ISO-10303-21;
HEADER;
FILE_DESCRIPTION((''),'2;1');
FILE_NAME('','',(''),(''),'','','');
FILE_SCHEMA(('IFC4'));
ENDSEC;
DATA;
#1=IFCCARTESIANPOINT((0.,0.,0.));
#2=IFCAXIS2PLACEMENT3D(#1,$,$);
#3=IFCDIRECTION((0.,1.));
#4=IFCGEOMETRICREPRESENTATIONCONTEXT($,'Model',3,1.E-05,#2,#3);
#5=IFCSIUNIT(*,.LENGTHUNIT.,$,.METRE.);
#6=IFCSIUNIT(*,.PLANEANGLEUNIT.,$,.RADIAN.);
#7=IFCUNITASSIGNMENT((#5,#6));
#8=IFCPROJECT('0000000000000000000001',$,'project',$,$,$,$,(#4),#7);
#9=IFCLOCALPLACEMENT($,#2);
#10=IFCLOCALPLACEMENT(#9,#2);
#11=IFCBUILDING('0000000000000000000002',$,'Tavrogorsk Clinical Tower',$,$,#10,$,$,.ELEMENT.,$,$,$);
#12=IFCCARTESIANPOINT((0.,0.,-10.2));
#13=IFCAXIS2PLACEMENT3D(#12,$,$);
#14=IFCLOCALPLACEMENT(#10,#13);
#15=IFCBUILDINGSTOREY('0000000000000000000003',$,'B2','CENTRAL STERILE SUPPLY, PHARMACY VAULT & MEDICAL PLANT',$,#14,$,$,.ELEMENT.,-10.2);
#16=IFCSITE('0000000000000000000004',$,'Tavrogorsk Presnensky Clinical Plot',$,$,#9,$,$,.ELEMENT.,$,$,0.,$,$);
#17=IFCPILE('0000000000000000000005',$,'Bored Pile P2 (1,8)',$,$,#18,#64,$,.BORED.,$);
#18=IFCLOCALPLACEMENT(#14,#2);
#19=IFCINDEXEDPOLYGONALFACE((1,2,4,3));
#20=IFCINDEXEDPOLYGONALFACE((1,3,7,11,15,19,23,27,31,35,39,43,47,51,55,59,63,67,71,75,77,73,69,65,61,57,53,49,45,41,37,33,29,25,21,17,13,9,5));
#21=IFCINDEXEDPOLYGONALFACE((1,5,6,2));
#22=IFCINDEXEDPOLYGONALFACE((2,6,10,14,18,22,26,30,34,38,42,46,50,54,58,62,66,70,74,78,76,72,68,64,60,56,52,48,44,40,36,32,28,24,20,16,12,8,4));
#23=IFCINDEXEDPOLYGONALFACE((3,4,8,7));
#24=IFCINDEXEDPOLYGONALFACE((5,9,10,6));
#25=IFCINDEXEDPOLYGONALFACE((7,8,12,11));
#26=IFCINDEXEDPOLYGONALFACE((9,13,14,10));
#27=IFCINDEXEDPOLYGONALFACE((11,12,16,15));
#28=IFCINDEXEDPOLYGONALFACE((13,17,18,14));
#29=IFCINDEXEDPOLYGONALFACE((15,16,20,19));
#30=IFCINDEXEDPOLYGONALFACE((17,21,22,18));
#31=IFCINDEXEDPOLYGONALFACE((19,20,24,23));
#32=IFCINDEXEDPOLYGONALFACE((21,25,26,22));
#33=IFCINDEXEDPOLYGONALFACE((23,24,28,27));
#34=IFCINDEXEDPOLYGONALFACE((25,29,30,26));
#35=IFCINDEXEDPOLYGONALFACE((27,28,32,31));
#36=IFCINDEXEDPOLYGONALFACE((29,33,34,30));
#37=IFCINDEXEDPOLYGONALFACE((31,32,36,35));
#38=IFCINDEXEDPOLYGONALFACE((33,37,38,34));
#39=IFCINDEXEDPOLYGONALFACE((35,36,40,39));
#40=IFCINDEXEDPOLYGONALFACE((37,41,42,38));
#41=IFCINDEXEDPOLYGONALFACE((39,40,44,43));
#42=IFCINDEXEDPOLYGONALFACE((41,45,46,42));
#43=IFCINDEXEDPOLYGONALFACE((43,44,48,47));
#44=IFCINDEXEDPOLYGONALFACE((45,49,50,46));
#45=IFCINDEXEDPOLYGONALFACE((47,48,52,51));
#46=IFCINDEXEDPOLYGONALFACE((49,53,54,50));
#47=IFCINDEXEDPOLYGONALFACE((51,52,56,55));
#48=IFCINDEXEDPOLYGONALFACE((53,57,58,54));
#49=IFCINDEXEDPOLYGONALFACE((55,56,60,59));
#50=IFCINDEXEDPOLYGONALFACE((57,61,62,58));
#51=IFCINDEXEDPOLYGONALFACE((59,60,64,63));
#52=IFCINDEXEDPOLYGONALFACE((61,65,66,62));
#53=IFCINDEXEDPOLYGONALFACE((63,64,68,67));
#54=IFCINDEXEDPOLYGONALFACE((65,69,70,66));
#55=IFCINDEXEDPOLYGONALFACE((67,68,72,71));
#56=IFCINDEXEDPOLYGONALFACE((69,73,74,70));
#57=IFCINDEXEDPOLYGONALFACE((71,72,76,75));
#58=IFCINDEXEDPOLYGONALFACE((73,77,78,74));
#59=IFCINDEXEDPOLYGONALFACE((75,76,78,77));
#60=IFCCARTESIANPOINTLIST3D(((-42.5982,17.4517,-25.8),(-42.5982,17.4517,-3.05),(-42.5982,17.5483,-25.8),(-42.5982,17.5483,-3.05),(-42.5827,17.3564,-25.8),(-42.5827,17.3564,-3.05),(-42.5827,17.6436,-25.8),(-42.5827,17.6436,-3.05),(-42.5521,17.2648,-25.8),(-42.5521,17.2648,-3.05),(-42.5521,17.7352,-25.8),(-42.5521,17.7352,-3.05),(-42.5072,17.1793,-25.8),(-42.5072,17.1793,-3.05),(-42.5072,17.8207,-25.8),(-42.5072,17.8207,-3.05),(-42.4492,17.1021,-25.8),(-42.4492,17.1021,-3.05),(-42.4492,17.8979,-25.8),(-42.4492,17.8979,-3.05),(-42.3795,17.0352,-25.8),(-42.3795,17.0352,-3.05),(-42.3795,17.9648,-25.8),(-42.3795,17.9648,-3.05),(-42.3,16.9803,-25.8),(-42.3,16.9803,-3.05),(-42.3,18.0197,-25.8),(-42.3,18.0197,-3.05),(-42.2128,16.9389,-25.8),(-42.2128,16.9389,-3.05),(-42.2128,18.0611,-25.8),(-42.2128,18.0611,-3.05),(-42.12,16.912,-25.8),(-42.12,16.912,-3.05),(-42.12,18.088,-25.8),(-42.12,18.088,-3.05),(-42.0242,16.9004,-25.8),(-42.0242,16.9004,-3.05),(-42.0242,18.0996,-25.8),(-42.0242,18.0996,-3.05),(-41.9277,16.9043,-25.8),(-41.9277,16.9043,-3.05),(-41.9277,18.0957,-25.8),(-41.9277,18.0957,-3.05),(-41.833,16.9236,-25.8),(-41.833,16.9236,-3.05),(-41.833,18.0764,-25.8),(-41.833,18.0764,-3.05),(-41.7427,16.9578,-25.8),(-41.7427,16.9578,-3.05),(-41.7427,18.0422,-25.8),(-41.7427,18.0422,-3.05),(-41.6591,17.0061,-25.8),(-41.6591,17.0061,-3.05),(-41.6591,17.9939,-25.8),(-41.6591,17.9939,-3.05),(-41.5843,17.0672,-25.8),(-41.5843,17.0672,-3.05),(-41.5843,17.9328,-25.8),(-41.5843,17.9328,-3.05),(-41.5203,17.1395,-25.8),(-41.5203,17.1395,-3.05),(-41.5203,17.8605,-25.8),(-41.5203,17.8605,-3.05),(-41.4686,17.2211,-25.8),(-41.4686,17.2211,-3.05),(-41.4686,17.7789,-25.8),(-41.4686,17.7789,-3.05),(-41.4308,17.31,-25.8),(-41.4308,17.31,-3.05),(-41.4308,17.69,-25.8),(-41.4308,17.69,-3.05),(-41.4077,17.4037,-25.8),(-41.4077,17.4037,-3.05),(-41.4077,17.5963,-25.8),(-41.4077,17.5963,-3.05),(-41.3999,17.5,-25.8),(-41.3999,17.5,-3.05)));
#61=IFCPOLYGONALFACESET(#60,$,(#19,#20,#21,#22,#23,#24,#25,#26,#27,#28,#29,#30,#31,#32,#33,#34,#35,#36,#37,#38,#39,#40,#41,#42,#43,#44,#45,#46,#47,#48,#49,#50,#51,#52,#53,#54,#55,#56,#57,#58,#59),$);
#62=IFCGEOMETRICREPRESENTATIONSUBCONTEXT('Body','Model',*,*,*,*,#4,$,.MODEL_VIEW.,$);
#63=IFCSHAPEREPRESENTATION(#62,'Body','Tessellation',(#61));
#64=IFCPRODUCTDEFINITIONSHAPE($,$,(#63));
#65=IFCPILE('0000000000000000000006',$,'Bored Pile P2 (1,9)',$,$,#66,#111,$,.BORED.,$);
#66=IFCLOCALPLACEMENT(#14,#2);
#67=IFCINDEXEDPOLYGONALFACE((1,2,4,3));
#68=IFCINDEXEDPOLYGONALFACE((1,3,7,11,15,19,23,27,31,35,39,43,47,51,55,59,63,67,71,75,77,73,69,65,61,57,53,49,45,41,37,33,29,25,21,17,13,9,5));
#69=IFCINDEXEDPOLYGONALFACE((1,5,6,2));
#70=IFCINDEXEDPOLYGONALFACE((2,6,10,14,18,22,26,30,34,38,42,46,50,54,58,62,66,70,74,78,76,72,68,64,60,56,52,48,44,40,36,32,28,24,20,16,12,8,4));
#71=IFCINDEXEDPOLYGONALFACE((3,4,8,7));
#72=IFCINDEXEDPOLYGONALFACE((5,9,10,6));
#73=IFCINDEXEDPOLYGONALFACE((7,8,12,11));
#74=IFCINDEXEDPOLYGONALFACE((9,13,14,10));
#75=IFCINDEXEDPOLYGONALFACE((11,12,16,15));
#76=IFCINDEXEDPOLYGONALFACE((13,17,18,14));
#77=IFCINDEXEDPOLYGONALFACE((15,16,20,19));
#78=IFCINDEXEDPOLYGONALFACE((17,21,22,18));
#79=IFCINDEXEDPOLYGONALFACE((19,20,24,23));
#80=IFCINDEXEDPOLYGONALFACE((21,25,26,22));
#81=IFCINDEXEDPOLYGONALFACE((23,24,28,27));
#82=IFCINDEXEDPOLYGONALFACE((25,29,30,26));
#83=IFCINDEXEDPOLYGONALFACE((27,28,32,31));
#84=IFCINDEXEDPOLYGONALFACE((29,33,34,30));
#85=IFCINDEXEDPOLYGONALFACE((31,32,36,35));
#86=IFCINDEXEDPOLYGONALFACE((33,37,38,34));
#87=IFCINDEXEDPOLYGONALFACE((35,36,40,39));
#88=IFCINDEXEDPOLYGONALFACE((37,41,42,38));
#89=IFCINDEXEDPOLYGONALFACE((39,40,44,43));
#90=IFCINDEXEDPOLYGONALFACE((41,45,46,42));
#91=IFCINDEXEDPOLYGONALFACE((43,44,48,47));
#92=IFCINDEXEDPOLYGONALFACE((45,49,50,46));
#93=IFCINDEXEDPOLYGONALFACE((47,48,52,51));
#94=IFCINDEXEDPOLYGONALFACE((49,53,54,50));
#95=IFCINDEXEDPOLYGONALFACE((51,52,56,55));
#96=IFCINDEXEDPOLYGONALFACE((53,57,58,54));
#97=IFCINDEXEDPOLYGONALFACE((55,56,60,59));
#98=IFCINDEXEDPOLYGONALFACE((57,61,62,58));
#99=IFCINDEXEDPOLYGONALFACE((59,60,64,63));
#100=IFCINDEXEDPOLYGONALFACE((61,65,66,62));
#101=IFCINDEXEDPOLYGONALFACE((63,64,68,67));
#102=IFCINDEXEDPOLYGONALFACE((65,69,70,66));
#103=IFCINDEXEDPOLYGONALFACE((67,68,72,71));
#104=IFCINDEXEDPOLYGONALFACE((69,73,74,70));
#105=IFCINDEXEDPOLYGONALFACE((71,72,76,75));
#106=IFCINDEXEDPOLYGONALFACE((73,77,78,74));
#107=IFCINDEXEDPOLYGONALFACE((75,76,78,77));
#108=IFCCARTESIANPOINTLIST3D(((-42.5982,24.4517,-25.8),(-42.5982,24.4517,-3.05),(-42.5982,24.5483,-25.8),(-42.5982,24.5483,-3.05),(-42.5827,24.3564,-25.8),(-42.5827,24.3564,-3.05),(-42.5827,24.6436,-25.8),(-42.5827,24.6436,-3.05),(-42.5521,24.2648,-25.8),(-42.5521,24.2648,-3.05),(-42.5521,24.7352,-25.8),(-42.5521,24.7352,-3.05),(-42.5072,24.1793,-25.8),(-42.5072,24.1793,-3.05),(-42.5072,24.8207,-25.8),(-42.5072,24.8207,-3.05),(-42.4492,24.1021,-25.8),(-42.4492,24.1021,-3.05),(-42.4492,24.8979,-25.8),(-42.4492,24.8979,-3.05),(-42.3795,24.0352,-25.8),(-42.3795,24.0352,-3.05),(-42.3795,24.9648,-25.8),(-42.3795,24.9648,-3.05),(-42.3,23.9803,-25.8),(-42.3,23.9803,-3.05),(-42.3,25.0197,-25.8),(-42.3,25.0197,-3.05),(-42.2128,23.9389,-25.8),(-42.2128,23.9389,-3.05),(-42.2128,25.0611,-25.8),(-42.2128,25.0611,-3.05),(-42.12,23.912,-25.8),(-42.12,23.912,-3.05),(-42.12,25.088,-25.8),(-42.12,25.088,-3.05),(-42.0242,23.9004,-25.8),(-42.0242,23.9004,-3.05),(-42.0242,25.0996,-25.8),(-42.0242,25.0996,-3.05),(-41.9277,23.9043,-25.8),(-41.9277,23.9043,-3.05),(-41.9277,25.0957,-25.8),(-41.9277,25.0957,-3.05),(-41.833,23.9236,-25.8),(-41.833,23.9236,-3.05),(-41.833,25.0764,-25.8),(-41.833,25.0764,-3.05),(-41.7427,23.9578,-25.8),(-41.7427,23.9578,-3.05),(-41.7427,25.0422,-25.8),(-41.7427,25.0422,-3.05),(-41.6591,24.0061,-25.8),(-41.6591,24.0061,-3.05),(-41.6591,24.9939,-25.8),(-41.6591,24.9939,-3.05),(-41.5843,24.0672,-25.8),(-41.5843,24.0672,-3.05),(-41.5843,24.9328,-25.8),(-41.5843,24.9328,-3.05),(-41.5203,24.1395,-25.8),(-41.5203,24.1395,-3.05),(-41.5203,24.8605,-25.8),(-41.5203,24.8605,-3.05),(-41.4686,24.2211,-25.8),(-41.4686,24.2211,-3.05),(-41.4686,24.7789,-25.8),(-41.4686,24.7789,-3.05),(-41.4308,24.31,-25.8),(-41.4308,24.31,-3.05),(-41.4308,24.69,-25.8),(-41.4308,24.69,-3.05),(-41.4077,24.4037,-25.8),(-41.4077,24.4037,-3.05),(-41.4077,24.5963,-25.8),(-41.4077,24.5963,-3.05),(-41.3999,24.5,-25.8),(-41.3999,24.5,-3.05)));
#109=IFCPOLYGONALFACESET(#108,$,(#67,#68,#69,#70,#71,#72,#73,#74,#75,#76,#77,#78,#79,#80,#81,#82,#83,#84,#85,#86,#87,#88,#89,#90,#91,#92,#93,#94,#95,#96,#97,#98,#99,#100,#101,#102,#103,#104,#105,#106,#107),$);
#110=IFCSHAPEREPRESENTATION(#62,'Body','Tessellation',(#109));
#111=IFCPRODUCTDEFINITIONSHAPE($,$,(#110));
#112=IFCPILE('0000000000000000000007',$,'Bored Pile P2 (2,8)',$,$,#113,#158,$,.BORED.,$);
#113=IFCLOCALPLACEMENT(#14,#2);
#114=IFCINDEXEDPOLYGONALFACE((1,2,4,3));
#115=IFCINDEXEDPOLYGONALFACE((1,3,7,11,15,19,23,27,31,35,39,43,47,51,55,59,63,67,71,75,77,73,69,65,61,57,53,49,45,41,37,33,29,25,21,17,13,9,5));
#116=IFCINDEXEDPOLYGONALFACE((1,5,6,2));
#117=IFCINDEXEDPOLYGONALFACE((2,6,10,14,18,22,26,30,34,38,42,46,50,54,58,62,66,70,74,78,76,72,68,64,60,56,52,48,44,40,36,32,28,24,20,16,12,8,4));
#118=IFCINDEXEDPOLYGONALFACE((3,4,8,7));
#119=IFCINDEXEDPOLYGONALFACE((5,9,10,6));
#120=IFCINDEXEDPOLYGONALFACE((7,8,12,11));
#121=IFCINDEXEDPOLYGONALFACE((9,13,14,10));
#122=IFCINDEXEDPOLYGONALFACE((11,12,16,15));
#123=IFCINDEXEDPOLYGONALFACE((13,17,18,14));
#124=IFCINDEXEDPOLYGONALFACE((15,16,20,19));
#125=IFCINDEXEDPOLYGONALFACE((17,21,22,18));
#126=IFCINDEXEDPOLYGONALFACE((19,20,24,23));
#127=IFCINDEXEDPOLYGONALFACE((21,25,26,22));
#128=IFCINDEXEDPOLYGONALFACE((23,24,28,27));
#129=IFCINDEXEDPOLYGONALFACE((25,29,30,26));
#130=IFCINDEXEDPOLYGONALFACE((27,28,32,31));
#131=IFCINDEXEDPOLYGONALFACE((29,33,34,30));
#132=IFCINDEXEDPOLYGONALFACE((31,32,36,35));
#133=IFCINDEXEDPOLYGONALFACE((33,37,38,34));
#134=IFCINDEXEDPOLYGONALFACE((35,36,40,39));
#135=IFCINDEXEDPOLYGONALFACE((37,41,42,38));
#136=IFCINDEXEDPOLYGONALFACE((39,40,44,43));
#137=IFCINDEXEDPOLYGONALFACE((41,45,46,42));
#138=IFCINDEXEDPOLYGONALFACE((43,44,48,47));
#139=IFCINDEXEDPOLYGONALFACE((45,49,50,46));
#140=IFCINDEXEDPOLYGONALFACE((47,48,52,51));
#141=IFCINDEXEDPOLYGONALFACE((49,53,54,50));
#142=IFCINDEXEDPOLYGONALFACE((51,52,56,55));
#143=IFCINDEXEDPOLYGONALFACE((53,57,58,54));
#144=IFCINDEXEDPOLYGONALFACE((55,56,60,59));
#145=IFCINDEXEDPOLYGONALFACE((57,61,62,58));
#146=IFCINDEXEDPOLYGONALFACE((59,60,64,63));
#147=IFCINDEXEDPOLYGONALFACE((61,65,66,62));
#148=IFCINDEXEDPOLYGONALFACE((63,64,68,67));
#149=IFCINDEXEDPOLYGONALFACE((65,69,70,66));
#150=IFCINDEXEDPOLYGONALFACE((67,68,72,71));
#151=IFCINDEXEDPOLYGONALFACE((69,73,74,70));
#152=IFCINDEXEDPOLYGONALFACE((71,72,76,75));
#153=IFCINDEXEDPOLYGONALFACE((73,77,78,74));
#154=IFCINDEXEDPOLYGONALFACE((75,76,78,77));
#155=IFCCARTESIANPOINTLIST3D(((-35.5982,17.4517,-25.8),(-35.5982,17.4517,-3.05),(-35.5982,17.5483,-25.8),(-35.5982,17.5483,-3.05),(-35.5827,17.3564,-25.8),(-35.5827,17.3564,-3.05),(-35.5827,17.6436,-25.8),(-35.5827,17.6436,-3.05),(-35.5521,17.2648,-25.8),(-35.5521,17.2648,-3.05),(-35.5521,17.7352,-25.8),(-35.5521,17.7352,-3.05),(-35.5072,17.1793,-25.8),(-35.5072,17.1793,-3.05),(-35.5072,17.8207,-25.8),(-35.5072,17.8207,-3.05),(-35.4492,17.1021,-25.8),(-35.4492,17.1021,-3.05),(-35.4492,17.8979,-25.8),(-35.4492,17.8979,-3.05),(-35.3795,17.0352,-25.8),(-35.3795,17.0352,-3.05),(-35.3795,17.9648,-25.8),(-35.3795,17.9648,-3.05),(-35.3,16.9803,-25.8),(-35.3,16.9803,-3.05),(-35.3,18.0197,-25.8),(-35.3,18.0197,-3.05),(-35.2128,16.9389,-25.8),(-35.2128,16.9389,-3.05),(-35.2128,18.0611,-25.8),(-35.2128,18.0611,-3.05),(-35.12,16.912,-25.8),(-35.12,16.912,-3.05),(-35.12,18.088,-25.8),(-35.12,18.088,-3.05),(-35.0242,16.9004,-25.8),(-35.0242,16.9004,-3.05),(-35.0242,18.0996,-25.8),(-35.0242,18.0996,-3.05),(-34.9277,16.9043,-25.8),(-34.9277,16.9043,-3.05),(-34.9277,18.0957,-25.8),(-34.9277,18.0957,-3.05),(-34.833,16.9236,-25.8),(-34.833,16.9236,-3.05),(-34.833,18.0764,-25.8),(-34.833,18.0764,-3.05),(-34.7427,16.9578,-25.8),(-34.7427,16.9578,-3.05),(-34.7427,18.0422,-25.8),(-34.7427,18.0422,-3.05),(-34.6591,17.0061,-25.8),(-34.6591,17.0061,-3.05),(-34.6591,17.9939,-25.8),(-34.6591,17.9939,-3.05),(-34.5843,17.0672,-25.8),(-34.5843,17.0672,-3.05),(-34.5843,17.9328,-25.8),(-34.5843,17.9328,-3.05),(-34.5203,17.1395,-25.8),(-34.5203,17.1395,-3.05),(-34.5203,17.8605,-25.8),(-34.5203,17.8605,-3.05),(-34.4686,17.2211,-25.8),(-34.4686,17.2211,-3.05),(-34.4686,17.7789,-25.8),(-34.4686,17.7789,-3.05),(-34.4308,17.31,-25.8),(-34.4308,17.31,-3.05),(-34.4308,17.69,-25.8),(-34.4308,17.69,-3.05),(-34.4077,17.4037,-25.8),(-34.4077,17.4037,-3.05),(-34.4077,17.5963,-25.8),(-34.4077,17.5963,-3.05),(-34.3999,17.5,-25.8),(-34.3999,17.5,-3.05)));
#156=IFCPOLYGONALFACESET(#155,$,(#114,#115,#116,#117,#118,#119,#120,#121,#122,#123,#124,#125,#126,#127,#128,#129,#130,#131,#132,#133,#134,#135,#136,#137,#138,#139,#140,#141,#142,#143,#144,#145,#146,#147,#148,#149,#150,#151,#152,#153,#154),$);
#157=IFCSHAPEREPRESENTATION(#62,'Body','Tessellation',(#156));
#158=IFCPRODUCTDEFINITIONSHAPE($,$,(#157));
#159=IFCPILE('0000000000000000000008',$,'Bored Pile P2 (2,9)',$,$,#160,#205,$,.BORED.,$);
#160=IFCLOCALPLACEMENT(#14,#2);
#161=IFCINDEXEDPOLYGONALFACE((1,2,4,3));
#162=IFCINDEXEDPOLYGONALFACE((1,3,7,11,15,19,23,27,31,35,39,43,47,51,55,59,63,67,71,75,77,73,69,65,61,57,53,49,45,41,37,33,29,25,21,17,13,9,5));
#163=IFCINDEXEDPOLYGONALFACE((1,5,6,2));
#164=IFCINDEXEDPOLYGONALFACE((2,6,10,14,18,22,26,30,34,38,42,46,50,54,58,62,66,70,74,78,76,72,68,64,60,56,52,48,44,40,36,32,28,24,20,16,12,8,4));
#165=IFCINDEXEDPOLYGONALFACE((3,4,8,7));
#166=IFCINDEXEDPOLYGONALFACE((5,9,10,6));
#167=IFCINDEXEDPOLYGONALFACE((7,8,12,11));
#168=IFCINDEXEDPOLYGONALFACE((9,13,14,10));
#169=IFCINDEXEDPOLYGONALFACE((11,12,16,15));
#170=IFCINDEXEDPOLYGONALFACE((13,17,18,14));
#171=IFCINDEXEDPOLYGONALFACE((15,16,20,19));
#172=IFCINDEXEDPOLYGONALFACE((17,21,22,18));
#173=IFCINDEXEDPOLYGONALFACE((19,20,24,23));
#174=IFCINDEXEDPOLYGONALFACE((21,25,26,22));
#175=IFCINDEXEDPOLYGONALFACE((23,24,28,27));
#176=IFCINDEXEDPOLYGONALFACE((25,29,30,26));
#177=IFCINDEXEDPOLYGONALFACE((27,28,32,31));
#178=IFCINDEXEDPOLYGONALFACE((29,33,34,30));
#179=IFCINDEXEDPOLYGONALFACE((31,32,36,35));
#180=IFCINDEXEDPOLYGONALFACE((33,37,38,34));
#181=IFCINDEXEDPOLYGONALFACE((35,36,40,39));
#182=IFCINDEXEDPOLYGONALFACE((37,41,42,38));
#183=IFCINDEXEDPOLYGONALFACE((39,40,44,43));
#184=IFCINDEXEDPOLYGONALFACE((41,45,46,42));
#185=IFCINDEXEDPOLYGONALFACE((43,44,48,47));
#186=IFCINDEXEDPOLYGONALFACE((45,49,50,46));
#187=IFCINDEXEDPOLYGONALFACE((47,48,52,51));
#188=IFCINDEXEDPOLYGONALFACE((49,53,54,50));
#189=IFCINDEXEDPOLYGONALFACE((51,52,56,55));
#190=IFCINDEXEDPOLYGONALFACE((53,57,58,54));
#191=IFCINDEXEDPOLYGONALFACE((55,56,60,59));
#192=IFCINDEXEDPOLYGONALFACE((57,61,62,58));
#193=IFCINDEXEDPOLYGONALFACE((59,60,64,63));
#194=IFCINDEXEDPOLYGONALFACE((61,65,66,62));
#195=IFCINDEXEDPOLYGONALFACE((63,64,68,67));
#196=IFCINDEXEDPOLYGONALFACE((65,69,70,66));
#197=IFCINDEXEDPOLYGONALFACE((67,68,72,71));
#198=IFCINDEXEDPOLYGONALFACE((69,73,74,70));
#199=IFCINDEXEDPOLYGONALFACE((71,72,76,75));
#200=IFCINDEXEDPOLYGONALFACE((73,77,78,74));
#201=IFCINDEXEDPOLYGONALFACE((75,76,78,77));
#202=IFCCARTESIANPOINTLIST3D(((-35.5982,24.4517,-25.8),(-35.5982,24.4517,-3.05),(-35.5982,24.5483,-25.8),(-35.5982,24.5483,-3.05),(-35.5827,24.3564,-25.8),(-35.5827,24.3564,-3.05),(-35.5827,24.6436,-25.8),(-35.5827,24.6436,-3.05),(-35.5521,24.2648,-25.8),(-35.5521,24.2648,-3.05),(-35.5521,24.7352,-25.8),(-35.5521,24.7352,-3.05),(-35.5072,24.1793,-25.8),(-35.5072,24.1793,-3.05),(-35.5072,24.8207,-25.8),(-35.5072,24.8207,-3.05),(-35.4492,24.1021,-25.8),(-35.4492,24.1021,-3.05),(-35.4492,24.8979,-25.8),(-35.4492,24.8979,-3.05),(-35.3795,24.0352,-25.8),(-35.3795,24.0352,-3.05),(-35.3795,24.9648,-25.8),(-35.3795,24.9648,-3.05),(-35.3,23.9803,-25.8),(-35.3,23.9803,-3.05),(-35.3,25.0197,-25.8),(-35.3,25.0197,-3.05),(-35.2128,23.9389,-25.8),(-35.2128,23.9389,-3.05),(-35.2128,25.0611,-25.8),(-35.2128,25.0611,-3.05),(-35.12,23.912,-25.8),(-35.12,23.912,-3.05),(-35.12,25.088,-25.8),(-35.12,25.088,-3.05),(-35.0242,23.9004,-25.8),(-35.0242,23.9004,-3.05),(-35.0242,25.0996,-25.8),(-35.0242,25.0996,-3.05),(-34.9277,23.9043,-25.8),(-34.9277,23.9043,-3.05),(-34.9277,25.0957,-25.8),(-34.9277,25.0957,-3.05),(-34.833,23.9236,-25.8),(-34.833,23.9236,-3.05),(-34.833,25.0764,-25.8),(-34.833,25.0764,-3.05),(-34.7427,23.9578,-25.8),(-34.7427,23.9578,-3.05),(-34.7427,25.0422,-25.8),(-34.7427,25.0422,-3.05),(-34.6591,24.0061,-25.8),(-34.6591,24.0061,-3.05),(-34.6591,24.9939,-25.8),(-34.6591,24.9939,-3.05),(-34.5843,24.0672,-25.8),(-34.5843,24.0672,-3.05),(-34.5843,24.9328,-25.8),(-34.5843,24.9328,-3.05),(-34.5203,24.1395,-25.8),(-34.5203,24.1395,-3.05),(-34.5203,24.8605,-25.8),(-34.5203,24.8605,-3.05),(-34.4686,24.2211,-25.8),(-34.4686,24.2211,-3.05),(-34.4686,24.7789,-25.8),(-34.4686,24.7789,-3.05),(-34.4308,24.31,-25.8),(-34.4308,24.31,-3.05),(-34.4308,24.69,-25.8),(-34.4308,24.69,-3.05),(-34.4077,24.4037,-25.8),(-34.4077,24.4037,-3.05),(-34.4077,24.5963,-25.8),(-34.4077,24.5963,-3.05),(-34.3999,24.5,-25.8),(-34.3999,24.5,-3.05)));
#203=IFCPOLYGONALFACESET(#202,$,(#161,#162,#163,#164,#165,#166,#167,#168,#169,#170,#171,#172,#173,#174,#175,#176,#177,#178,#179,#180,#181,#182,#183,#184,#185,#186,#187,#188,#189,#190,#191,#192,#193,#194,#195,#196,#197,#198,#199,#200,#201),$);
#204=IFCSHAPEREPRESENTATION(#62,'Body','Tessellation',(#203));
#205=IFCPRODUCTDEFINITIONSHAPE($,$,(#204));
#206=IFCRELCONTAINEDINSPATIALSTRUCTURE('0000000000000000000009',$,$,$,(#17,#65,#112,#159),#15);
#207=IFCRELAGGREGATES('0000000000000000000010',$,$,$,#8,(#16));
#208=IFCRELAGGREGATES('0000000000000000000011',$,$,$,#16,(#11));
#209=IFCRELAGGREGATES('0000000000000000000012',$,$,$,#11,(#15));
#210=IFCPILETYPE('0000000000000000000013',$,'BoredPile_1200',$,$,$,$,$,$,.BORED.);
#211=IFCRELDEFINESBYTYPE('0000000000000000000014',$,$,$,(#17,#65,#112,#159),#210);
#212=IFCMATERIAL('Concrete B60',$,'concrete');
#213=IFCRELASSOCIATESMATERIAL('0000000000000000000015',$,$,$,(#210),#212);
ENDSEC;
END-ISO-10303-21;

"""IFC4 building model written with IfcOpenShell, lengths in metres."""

from ifc_helpers import new_model, si_unit, direction, frame, origin, origin_2d, place, context, subcontext, project, spatial, circle, extrude, material, material_profile, profile_set, type_object, element, save


model = new_model("IFC4")

# Units and contexts
model_context = context("Model", 3, precision=1e-05, world=origin(), true_north=direction((0.0, 1.0)))
body_context = subcontext(model_context, "Body", "Model", "MODEL_VIEW")
ifc_project = project(units=[si_unit("LENGTHUNIT", "METRE"), si_unit("PLANEANGLEUNIT", "RADIAN")], contexts=[model_context])

# Site, building, storey
site_placement = place(None, origin())
site = spatial("IfcSite", under=ifc_project, at=site_placement, Name="Tavrogorsk Presnensky Clinical Plot", CompositionType="ELEMENT", RefElevation=0.0)
building_placement = place(site_placement, origin())
building = spatial("IfcBuilding", under=site, at=building_placement, Name="Tavrogorsk Clinical Tower", CompositionType="ELEMENT")
storey_placement = place(building_placement, frame((0.0, 0.0, -10.2)))
storey = spatial("IfcBuildingStorey", under=building, at=storey_placement, Name="B2", Description="CENTRAL STERILE SUPPLY, PHARMACY VAULT & MEDICAL PLANT", CompositionType="ELEMENT", Elevation=-10.2)

# Piles
ifc_material_1 = material(Name="Concrete B60", Category="concrete")
ifc_material_profile_1 = material_profile(ifc_material_1, circle(Radius=0.6001, at=origin_2d()), Name="BORED-PILE-1200")
ifc_profile_set_1 = profile_set([ifc_material_profile_1], Name="Concrete B60")
pile_type_1 = type_object("IfcPileType", Name="BoredPile_1200", PredefinedType="BORED", material=ifc_profile_set_1)
for number, where, z_axis, x_axis, name in (
    (1, (-42.0, 17.5, -3.05), (0.0, 0.0, -1.0), (1.0, 0.0, 0.0), "Bored Pile P2 (1,8)"),
    (2, (-42.0, 24.5, -3.05), (0.0, 0.0, -1.0), (1.0, 0.0, 0.0), "Bored Pile P2 (1,9)"),
    (3, (-35.0, 17.5, -3.05), (0.0, 0.0, -1.0), (1.0, 0.0, 0.0), "Bored Pile P2 (2,8)"),
    (4, (-35.0, 24.5, -3.05), (0.0, 0.0, -1.0), (1.0, 0.0, 0.0), "Bored Pile P2 (2,9)"),
):
    element("IfcPile", number, at=place(storey_placement, frame(where, z_axis=z_axis, x_axis=x_axis)), inside=storey, type_object=pile_type_1, Name=name, PredefinedType="BORED", context=body_context, shape_type="SweptSolid", body=[
        extrude(circle(Radius=0.6001, at=origin_2d()), origin(), (0.0, 0.0, 1.0), 22.75),
    ])

save(model, "model.ifc")
